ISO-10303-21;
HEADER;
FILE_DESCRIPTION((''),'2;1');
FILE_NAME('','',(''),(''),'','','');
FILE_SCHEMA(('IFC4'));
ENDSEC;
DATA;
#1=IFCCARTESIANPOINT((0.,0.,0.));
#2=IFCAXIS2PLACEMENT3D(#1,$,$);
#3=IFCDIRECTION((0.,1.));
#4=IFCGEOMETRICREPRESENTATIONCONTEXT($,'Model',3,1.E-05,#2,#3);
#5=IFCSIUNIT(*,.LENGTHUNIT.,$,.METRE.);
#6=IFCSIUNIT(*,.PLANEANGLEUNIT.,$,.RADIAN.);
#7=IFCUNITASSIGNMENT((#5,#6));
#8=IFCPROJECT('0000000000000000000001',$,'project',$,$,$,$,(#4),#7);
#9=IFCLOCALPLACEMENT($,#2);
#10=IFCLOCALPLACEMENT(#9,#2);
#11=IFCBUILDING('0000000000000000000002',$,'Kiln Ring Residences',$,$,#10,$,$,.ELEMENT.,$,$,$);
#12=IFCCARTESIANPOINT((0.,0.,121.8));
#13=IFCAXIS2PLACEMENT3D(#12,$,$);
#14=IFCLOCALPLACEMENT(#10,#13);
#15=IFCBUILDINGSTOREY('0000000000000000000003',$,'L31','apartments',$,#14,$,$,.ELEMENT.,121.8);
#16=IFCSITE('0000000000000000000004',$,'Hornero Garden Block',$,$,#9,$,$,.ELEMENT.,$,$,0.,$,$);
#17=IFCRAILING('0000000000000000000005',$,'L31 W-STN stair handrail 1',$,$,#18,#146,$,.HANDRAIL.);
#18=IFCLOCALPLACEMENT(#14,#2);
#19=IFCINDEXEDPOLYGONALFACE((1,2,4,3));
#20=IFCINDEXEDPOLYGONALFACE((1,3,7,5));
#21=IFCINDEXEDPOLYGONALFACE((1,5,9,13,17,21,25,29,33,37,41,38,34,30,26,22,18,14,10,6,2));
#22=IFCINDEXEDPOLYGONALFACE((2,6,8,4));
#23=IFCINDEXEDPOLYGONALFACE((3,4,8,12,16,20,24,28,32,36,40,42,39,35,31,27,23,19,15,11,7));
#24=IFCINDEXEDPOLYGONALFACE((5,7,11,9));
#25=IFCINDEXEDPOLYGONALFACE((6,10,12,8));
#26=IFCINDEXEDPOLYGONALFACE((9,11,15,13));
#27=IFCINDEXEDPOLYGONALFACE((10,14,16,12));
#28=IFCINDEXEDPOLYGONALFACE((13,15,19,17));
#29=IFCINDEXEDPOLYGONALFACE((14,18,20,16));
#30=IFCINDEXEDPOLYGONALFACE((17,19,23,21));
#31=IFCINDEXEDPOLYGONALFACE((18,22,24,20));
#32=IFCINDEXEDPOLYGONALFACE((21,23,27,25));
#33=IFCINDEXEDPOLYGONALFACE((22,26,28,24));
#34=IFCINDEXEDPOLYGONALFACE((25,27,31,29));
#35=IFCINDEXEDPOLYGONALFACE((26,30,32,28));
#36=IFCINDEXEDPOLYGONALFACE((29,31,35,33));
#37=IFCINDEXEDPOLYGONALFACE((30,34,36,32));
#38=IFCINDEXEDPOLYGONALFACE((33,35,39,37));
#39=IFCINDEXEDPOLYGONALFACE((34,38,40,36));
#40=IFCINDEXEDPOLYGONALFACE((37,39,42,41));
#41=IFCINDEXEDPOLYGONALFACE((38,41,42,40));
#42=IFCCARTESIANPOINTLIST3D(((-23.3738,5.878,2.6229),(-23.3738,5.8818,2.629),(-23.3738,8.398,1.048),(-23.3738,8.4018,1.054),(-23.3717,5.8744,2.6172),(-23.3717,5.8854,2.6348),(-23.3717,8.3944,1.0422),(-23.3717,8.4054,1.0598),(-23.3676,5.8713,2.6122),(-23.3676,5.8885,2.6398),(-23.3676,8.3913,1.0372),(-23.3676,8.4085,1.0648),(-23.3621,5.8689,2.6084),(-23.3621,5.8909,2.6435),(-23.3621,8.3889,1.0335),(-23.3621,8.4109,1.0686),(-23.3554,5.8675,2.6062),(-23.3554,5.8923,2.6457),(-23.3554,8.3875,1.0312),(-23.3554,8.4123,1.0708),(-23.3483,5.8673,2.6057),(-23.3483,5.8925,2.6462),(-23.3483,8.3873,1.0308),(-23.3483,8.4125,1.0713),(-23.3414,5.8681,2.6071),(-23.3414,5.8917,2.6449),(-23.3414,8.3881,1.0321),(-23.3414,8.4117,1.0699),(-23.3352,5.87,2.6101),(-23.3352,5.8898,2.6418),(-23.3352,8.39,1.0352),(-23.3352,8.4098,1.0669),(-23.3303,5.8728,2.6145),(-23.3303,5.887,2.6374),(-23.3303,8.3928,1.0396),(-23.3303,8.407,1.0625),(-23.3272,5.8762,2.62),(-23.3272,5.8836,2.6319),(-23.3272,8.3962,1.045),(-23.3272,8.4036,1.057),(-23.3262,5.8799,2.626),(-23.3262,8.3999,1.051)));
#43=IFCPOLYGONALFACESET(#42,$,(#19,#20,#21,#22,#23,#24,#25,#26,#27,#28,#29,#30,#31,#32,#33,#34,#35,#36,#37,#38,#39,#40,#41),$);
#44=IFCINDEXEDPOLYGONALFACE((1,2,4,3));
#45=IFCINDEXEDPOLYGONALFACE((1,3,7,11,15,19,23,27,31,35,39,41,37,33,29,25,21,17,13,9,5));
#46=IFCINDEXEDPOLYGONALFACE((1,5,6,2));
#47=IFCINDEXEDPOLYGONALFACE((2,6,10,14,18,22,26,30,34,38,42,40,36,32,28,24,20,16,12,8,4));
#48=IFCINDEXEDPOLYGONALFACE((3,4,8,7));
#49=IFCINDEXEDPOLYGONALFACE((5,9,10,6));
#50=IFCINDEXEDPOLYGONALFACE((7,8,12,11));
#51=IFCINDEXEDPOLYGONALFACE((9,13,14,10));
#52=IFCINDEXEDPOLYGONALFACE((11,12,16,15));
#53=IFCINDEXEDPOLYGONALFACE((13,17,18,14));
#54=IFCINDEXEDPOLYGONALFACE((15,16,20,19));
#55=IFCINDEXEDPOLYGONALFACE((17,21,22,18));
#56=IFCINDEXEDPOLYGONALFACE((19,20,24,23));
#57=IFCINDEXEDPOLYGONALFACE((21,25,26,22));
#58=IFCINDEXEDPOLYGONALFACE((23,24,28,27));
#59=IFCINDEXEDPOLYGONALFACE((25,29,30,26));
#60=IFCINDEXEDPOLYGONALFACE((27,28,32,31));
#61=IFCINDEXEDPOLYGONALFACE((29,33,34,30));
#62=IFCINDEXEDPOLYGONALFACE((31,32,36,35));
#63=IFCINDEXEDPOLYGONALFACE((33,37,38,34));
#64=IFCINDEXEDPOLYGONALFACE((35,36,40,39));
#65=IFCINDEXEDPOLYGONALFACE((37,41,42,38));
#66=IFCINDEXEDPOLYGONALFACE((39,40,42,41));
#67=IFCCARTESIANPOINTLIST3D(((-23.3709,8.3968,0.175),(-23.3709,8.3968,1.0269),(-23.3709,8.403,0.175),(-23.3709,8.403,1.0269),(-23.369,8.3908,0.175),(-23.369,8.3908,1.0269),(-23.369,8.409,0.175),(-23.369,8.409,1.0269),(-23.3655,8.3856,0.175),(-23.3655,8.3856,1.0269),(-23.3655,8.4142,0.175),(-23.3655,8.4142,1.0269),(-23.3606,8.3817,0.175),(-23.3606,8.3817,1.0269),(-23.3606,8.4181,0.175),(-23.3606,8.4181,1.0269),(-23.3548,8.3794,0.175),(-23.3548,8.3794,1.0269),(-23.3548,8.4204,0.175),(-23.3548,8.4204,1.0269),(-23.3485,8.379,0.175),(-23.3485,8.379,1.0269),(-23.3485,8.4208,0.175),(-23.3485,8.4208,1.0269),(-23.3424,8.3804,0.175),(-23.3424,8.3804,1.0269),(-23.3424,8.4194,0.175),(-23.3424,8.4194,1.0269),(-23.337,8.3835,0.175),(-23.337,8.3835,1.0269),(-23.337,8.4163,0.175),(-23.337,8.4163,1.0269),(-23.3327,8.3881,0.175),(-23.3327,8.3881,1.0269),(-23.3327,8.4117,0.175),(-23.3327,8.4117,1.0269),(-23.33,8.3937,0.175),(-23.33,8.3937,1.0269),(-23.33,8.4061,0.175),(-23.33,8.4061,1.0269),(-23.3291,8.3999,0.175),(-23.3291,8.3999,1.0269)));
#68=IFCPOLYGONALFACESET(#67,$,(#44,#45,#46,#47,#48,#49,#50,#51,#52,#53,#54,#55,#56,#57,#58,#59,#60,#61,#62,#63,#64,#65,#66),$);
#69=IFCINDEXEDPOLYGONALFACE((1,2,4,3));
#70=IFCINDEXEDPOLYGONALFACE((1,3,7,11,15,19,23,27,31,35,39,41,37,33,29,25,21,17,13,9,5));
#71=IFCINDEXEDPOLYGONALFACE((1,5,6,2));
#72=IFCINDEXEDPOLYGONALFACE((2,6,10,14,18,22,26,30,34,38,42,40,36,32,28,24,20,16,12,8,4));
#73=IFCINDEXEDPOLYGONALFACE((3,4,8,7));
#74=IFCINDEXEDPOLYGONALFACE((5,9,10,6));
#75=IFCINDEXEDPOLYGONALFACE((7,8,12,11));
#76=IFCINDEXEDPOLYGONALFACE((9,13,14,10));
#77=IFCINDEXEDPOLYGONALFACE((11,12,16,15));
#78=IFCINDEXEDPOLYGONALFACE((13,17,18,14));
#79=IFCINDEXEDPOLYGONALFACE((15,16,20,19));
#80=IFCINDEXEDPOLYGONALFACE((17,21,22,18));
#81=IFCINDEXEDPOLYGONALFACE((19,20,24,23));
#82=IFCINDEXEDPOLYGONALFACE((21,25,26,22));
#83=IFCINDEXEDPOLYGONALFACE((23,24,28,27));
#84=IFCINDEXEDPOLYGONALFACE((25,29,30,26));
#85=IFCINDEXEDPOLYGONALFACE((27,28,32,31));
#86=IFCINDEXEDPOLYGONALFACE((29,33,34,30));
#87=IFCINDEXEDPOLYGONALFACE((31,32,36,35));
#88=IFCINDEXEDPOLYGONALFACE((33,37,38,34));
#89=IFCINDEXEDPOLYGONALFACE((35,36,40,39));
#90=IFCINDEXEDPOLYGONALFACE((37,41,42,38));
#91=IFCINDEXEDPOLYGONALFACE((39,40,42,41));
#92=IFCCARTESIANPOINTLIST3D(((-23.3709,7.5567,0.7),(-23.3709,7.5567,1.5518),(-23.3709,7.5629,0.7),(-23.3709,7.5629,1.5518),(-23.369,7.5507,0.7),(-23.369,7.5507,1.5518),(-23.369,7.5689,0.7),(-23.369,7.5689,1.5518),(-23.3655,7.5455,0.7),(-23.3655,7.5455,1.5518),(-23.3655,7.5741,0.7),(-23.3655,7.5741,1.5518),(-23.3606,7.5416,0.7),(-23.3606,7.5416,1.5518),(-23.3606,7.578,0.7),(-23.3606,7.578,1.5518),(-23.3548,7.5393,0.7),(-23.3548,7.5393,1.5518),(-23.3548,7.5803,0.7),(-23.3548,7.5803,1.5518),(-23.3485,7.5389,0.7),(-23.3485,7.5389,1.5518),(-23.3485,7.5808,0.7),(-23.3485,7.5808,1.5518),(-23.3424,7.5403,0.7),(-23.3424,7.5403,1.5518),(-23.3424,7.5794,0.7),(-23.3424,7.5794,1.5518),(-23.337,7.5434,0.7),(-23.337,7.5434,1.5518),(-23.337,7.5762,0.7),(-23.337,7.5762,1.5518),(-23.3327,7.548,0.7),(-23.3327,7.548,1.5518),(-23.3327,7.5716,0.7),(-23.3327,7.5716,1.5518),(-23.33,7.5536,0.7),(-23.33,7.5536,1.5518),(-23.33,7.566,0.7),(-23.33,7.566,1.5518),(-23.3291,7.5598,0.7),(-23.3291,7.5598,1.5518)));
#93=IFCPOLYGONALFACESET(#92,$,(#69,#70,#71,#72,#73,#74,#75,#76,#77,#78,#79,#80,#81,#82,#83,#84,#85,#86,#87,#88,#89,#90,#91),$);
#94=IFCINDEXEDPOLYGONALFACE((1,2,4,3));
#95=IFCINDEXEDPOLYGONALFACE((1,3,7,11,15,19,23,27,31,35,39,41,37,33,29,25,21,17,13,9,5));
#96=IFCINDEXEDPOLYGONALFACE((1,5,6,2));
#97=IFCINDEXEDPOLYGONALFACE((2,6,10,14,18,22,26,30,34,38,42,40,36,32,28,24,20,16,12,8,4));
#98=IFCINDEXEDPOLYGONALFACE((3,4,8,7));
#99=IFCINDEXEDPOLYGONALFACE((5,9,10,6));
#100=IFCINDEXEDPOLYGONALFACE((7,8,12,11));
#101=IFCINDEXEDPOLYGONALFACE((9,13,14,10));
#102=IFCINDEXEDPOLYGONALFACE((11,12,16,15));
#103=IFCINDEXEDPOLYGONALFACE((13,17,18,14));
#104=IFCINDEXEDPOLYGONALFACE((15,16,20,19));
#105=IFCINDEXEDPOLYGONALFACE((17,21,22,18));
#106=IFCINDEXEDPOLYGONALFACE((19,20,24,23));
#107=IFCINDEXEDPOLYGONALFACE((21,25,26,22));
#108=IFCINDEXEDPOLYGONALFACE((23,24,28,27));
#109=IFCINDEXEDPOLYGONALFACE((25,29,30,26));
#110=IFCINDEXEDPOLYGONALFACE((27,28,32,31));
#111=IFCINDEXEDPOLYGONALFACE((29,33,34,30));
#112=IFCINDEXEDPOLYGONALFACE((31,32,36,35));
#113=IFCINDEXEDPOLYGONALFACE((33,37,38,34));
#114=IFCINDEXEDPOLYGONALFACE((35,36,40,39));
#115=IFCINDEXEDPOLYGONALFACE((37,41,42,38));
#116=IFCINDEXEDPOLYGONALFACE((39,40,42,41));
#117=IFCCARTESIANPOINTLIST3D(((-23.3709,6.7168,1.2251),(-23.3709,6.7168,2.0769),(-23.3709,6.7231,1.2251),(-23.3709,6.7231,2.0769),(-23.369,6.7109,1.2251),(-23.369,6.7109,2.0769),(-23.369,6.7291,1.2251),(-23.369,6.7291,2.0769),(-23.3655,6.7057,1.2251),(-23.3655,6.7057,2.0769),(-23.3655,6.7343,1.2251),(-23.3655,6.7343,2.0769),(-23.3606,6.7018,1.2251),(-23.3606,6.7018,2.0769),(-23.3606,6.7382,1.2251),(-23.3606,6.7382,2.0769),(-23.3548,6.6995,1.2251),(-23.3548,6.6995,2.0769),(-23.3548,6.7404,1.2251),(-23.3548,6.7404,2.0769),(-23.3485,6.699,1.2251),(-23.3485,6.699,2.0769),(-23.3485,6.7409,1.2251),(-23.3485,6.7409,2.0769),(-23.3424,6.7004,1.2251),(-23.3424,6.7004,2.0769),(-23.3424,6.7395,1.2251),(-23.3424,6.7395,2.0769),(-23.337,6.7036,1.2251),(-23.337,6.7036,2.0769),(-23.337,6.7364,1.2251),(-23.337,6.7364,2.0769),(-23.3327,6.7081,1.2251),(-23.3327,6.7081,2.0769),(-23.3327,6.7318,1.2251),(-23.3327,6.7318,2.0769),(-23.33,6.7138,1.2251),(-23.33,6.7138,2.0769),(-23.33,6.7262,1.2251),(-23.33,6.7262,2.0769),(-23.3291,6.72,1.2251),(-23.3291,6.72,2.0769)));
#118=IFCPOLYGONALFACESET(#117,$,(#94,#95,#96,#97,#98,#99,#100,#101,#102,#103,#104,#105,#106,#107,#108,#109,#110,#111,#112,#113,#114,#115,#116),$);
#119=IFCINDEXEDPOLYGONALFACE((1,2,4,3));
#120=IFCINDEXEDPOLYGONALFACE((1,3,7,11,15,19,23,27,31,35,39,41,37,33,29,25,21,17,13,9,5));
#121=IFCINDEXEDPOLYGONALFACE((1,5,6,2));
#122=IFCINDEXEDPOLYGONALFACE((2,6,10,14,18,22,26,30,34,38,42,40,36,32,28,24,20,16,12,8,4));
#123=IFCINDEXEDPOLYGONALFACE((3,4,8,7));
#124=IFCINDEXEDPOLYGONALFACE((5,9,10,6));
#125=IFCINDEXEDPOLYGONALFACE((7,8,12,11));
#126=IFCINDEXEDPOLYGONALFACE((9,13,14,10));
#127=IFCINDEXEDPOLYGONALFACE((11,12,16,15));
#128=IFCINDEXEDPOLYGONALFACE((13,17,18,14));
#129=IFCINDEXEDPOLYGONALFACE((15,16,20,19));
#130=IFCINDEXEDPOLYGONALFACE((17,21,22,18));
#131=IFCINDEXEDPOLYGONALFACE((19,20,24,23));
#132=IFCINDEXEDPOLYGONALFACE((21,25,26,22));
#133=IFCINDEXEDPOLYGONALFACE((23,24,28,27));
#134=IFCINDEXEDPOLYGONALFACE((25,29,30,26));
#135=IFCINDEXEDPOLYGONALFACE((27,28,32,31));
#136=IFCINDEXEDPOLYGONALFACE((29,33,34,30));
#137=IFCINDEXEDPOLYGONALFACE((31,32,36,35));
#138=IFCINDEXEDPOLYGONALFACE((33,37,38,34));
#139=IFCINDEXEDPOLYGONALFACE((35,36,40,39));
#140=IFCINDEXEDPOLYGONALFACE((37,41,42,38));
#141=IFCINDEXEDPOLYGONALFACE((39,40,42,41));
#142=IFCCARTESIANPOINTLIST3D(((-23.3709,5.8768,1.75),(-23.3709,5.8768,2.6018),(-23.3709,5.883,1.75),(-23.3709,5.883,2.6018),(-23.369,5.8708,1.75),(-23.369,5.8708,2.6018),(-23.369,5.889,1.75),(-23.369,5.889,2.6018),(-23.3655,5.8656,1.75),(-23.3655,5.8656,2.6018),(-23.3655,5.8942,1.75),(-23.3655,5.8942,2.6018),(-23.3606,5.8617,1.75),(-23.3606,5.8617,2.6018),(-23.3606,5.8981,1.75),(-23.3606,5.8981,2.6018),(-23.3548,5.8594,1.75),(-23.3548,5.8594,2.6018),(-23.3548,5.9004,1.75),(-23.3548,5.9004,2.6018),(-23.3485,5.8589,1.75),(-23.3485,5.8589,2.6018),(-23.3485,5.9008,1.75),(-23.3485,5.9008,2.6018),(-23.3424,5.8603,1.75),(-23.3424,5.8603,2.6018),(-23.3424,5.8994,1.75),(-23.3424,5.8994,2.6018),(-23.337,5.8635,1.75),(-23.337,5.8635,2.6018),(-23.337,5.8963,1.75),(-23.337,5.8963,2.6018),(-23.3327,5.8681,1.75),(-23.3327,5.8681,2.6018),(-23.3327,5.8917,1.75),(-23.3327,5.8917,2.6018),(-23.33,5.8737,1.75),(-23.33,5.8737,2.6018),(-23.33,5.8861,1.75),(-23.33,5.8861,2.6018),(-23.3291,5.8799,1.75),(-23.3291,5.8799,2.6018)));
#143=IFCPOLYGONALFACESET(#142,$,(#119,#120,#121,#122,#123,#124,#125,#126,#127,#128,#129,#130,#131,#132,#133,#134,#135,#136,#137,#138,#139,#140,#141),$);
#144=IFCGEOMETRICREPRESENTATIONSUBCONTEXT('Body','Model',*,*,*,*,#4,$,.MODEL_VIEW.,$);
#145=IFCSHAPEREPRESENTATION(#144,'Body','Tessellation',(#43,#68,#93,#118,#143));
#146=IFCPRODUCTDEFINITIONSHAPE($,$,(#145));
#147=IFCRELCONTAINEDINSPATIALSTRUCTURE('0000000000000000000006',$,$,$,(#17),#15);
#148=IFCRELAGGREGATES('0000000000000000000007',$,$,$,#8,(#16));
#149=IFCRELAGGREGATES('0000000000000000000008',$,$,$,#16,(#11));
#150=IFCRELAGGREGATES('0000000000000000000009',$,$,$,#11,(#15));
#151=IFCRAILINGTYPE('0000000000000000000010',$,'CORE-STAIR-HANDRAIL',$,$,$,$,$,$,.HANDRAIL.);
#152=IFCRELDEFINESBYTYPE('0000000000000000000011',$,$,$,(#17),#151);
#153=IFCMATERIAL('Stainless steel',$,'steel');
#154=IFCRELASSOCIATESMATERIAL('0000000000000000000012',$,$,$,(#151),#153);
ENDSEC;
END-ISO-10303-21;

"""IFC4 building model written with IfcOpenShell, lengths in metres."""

from ifc_helpers import new_model, si_unit, direction, frame, origin, origin_2d, place, context, subcontext, project, spatial, circle, extrude, material, type_object, element, save


model = new_model("IFC4")

# Units and contexts
model_context = context("Model", 3, precision=1e-05, world=origin(), true_north=direction((0.0, 1.0)))
body_context = subcontext(model_context, "Body", "Model", "MODEL_VIEW")
ifc_project = project(units=[si_unit("LENGTHUNIT", "METRE"), si_unit("PLANEANGLEUNIT", "RADIAN")], contexts=[model_context])

# Site, building, storey
site_placement = place(None, origin())
site = spatial("IfcSite", under=ifc_project, at=site_placement, Name="Hornero Garden Block", CompositionType="ELEMENT", RefElevation=0.0)
building_placement = place(site_placement, origin())
building = spatial("IfcBuilding", under=site, at=building_placement, Name="Kiln Ring Residences", CompositionType="ELEMENT")
storey_placement = place(building_placement, frame((0.0, 0.0, 121.8)))
storey = spatial("IfcBuildingStorey", under=building, at=storey_placement, Name="L31", Description="apartments", CompositionType="ELEMENT", Elevation=121.8)

# Railing
ifc_material_1 = material(Name="Stainless steel", Category="steel")
railing_type_1 = type_object("IfcRailingType", Name="CORE-STAIR-HANDRAIL", PredefinedType="HANDRAIL", material=ifc_material_1)
railing_1_placement = place(storey_placement, frame((-23.3501, 8.3999, 0.175)))
element("IfcRailing", 1, at=railing_1_placement, inside=storey, type_object=railing_type_1, Name="L31 W-STN stair handrail 1", PredefinedType="HANDRAIL", context=body_context, shape_type="SweptSolid", body=[
    extrude(circle(Radius=0.0239, at=origin_2d()), frame((0.0, 0.0, 0.876), z_axis=(0.0, -0.848008, 0.529984), x_axis=(1.0, 0.0, 0.0)), (0.0, 0.0, 1.0), 2.9717),
    extrude(circle(Radius=0.021, at=origin_2d()), origin(), (0.0, 0.0, 1.0), 0.8518),
    extrude(circle(Radius=0.021, at=origin_2d()), frame((0.0, -0.8401, 0.5249)), (0.0, 0.0, 1.0), 0.8518),
    extrude(circle(Radius=0.021, at=origin_2d()), frame((0.0, -1.6799, 1.05)), (0.0, 0.0, 1.0), 0.8518),
    extrude(circle(Radius=0.021, at=origin_2d()), frame((0.0, -2.52, 1.575)), (0.0, 0.0, 1.0), 0.8518),
])

save(model, "model.ifc")
